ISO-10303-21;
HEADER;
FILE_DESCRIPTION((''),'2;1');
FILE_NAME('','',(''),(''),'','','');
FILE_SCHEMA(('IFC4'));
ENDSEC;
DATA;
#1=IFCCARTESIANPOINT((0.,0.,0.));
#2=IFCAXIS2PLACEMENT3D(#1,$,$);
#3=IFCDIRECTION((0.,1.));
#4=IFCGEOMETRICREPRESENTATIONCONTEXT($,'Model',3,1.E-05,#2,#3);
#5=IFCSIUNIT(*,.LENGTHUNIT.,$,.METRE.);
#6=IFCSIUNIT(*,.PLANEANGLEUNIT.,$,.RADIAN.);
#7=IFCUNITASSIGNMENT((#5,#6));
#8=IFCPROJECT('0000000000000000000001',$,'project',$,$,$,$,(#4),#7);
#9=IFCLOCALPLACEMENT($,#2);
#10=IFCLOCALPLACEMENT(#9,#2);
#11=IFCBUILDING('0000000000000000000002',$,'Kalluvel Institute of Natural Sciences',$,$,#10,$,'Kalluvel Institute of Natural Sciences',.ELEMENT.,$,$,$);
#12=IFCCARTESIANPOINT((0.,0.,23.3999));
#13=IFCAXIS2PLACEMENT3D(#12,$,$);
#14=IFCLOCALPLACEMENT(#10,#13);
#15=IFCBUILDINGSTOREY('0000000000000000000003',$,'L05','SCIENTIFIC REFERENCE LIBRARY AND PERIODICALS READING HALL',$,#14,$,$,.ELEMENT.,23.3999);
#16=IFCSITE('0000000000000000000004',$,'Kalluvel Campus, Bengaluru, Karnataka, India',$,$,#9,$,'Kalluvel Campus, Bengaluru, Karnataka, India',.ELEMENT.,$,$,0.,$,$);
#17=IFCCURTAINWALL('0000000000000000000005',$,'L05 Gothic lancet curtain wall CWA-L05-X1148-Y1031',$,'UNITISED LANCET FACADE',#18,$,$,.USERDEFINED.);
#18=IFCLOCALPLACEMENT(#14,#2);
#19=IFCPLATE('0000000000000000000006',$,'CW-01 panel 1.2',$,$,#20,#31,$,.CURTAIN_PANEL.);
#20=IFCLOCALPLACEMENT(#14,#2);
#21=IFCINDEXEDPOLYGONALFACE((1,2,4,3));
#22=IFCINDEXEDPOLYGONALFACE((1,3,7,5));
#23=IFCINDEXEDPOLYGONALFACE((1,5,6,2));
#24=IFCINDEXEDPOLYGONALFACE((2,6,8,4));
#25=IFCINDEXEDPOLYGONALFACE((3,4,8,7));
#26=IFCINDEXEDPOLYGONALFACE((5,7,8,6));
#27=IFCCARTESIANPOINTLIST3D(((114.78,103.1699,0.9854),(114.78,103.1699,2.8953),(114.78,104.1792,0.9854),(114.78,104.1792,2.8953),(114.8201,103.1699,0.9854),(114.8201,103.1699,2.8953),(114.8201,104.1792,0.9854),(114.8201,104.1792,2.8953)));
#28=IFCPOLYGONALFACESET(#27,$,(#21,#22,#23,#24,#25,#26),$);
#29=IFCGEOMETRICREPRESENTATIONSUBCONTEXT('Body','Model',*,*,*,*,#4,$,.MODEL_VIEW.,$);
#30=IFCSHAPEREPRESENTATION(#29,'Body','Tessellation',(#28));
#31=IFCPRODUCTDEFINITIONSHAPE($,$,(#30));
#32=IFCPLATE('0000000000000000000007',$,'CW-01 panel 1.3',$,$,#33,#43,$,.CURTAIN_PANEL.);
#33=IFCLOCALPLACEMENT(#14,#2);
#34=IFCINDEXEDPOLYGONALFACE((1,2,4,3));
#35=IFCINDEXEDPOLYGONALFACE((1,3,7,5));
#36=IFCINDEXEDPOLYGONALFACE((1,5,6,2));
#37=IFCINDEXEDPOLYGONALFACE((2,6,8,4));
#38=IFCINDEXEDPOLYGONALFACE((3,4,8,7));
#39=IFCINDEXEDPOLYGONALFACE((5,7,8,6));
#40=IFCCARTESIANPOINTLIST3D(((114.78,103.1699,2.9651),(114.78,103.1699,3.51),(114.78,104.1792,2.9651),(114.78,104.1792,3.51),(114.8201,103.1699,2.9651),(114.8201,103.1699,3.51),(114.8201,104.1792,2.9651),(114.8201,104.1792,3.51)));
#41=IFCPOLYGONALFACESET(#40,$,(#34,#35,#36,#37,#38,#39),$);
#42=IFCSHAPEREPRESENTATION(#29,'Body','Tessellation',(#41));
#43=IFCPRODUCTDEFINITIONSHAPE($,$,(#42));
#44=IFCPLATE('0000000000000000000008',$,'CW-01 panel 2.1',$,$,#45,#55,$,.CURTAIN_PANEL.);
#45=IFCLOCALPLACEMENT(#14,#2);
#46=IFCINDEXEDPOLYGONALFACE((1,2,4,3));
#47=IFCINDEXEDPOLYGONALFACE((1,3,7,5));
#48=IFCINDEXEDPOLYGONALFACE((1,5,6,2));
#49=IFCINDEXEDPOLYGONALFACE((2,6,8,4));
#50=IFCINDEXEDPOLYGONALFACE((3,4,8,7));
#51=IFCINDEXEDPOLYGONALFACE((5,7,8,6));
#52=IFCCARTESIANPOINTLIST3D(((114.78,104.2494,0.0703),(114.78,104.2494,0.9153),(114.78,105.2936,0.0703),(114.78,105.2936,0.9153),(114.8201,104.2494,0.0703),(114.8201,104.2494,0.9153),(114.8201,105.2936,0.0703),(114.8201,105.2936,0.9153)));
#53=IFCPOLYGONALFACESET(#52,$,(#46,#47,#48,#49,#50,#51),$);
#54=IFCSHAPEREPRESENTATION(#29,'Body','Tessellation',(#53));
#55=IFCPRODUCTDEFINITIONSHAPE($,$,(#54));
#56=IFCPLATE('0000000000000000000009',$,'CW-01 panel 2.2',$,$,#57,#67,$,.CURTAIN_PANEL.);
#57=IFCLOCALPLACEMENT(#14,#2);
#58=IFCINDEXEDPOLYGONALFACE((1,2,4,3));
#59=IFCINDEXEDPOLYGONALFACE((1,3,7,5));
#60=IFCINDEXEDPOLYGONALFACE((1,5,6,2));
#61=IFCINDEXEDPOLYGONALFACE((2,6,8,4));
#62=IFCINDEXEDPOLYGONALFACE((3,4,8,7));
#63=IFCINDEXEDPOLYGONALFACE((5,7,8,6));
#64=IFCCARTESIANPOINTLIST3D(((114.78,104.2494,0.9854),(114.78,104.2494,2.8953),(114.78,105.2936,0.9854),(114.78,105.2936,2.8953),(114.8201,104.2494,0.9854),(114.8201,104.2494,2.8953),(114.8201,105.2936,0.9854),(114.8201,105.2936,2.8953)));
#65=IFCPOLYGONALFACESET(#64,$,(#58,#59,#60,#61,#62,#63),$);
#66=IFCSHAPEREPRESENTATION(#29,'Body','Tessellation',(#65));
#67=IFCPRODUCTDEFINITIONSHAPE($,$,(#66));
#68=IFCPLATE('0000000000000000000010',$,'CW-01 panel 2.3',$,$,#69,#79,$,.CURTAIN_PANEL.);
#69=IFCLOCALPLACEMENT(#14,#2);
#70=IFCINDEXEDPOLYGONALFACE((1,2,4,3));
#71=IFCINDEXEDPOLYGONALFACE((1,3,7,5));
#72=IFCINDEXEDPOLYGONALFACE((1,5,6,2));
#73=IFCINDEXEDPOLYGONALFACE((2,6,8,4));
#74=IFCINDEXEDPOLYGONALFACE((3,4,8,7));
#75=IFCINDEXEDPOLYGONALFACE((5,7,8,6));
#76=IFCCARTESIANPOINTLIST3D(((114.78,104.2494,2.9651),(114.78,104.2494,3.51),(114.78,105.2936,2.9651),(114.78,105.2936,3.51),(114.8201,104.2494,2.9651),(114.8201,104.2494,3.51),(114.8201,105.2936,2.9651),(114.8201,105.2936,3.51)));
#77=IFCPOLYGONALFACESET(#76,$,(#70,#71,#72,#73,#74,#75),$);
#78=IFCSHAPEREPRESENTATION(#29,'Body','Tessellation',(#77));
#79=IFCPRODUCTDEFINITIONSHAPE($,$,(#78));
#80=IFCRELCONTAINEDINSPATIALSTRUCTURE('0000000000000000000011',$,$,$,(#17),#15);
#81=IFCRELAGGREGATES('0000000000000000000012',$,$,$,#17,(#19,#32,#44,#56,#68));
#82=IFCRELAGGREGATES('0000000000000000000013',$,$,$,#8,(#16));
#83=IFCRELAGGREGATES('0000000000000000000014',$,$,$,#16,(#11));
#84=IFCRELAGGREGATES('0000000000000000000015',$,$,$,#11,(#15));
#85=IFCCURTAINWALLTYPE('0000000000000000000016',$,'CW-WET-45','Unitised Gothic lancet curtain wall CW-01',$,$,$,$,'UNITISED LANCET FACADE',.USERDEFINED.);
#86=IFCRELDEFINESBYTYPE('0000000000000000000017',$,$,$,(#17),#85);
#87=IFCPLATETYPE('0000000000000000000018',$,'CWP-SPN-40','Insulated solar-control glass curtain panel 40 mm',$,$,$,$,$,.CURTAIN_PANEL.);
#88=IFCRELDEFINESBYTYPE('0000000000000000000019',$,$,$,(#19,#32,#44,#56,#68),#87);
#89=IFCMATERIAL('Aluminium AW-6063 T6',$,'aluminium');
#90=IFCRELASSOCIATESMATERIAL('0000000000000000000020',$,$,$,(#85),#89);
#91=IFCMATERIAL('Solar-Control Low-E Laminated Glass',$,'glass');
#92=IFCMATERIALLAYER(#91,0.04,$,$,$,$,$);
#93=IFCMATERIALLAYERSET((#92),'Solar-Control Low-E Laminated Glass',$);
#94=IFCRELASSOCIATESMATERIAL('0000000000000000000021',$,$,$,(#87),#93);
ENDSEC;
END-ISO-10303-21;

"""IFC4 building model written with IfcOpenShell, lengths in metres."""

from ifc_helpers import new_model, si_unit, direction, frame, origin, origin_2d, place, context, subcontext, project, spatial, rectangle, extrude, material, layer, layer_set, type_object, element, aggregate, save


model = new_model("IFC4")

# Units and contexts
model_context = context("Model", 3, precision=1e-05, world=origin(), true_north=direction((0.0, 1.0)))
body_context = subcontext(model_context, "Body", "Model", "MODEL_VIEW")
ifc_project = project(units=[si_unit("LENGTHUNIT", "METRE"), si_unit("PLANEANGLEUNIT", "RADIAN")], contexts=[model_context])

# Site, building, storey
site_placement = place(None, origin())
site = spatial("IfcSite", under=ifc_project, at=site_placement, Name="Kalluvel Campus, Bengaluru, Karnataka, India", LongName="Kalluvel Campus, Bengaluru, Karnataka, India", CompositionType="ELEMENT", RefElevation=0.0)
building_placement = place(site_placement, origin())
building = spatial("IfcBuilding", under=site, at=building_placement, Name="Kalluvel Institute of Natural Sciences", LongName="Kalluvel Institute of Natural Sciences", CompositionType="ELEMENT")
storey_placement = place(building_placement, frame((0.0, 0.0, 23.3999)))
storey = spatial("IfcBuildingStorey", under=building, at=storey_placement, Name="L05", Description="SCIENTIFIC REFERENCE LIBRARY AND PERIODICALS READING HALL", CompositionType="ELEMENT", Elevation=23.3999)

# Shared definitions
ifc_material_1 = material(Name="Aluminium AW-6063 T6", Category="aluminium")
curtain_wall_type = type_object("IfcCurtainWallType", Name="CW-WET-45", Description="Unitised Gothic lancet curtain wall CW-01", ElementType="UNITISED LANCET FACADE", PredefinedType="USERDEFINED", material=ifc_material_1)

# Curtain wall
curtain_wall_1_placement = place(storey_placement, origin())
curtain_wall_1 = element("IfcCurtainWall", 1, at=curtain_wall_1_placement, inside=storey, type_object=curtain_wall_type, Name="L05 Gothic lancet curtain wall CWA-L05-X1148-Y1031", ObjectType="UNITISED LANCET FACADE", PredefinedType="USERDEFINED")

# Plates
ifc_material_2 = material(Name="Solar-Control Low-E Laminated Glass", Category="glass")
ifc_layer = layer(ifc_material_2, 0.04)
ifc_layer_set = layer_set([ifc_layer], Name="Solar-Control Low-E Laminated Glass")
plate_type = type_object("IfcPlateType", Name="CWP-SPN-40", Description="Insulated solar-control glass curtain panel 40 mm", PredefinedType="CURTAIN_PANEL", material=ifc_layer_set)
plate_1_placement = place(storey_placement, frame((114.8, 103.6746, 0.9854), z_axis=(0.0, 0.0, 1.0), x_axis=(0.0, 1.0, 0.0)))
plate_1 = element("IfcPlate", 2, at=plate_1_placement, type_object=plate_type, Name="CW-01 panel 1.2", PredefinedType="CURTAIN_PANEL", context=body_context, shape_type="SweptSolid", body=[
    extrude(rectangle(XDim=1.0093, YDim=0.04, at=origin_2d()), origin(), (0.0, 0.0, 1.0), 1.9099),
])
plate_2_placement = place(storey_placement, frame((114.8, 103.6746, 2.9651), z_axis=(0.0, 0.0, 1.0), x_axis=(0.0, 1.0, 0.0)))
plate_2 = element("IfcPlate", 3, at=plate_2_placement, type_object=plate_type, Name="CW-01 panel 1.3", PredefinedType="CURTAIN_PANEL", context=body_context, shape_type="SweptSolid", body=[
    extrude(rectangle(XDim=1.0093, YDim=0.04, at=origin_2d()), origin(), (0.0, 0.0, 1.0), 0.5449),
])
plate_3_placement = place(storey_placement, frame((114.8, 104.7715, 0.0703), z_axis=(0.0, 0.0, 1.0), x_axis=(0.0, 1.0, 0.0)))
plate_3 = element("IfcPlate", 4, at=plate_3_placement, type_object=plate_type, Name="CW-01 panel 2.1", PredefinedType="CURTAIN_PANEL", context=body_context, shape_type="SweptSolid", body=[
    extrude(rectangle(XDim=1.0442, YDim=0.04, at=origin_2d()), origin(), (0.0, 0.0, 1.0), 0.845),
])
plate_4_placement = place(storey_placement, frame((114.8, 104.7715, 0.9854), z_axis=(0.0, 0.0, 1.0), x_axis=(0.0, 1.0, 0.0)))
plate_4 = element("IfcPlate", 5, at=plate_4_placement, type_object=plate_type, Name="CW-01 panel 2.2", PredefinedType="CURTAIN_PANEL", context=body_context, shape_type="SweptSolid", body=[
    extrude(rectangle(XDim=1.0442, YDim=0.04, at=origin_2d()), origin(), (0.0, 0.0, 1.0), 1.9099),
])
plate_5_placement = place(storey_placement, frame((114.8, 104.7715, 2.9651), z_axis=(0.0, 0.0, 1.0), x_axis=(0.0, 1.0, 0.0)))
plate_5 = element("IfcPlate", 6, at=plate_5_placement, type_object=plate_type, Name="CW-01 panel 2.3", PredefinedType="CURTAIN_PANEL", context=body_context, shape_type="SweptSolid", body=[
    extrude(rectangle(XDim=1.0442, YDim=0.04, at=origin_2d()), origin(), (0.0, 0.0, 1.0), 0.5449),
])
aggregate(curtain_wall_1, [plate_1, plate_2, plate_3, plate_4, plate_5])

save(model, "model.ifc")
